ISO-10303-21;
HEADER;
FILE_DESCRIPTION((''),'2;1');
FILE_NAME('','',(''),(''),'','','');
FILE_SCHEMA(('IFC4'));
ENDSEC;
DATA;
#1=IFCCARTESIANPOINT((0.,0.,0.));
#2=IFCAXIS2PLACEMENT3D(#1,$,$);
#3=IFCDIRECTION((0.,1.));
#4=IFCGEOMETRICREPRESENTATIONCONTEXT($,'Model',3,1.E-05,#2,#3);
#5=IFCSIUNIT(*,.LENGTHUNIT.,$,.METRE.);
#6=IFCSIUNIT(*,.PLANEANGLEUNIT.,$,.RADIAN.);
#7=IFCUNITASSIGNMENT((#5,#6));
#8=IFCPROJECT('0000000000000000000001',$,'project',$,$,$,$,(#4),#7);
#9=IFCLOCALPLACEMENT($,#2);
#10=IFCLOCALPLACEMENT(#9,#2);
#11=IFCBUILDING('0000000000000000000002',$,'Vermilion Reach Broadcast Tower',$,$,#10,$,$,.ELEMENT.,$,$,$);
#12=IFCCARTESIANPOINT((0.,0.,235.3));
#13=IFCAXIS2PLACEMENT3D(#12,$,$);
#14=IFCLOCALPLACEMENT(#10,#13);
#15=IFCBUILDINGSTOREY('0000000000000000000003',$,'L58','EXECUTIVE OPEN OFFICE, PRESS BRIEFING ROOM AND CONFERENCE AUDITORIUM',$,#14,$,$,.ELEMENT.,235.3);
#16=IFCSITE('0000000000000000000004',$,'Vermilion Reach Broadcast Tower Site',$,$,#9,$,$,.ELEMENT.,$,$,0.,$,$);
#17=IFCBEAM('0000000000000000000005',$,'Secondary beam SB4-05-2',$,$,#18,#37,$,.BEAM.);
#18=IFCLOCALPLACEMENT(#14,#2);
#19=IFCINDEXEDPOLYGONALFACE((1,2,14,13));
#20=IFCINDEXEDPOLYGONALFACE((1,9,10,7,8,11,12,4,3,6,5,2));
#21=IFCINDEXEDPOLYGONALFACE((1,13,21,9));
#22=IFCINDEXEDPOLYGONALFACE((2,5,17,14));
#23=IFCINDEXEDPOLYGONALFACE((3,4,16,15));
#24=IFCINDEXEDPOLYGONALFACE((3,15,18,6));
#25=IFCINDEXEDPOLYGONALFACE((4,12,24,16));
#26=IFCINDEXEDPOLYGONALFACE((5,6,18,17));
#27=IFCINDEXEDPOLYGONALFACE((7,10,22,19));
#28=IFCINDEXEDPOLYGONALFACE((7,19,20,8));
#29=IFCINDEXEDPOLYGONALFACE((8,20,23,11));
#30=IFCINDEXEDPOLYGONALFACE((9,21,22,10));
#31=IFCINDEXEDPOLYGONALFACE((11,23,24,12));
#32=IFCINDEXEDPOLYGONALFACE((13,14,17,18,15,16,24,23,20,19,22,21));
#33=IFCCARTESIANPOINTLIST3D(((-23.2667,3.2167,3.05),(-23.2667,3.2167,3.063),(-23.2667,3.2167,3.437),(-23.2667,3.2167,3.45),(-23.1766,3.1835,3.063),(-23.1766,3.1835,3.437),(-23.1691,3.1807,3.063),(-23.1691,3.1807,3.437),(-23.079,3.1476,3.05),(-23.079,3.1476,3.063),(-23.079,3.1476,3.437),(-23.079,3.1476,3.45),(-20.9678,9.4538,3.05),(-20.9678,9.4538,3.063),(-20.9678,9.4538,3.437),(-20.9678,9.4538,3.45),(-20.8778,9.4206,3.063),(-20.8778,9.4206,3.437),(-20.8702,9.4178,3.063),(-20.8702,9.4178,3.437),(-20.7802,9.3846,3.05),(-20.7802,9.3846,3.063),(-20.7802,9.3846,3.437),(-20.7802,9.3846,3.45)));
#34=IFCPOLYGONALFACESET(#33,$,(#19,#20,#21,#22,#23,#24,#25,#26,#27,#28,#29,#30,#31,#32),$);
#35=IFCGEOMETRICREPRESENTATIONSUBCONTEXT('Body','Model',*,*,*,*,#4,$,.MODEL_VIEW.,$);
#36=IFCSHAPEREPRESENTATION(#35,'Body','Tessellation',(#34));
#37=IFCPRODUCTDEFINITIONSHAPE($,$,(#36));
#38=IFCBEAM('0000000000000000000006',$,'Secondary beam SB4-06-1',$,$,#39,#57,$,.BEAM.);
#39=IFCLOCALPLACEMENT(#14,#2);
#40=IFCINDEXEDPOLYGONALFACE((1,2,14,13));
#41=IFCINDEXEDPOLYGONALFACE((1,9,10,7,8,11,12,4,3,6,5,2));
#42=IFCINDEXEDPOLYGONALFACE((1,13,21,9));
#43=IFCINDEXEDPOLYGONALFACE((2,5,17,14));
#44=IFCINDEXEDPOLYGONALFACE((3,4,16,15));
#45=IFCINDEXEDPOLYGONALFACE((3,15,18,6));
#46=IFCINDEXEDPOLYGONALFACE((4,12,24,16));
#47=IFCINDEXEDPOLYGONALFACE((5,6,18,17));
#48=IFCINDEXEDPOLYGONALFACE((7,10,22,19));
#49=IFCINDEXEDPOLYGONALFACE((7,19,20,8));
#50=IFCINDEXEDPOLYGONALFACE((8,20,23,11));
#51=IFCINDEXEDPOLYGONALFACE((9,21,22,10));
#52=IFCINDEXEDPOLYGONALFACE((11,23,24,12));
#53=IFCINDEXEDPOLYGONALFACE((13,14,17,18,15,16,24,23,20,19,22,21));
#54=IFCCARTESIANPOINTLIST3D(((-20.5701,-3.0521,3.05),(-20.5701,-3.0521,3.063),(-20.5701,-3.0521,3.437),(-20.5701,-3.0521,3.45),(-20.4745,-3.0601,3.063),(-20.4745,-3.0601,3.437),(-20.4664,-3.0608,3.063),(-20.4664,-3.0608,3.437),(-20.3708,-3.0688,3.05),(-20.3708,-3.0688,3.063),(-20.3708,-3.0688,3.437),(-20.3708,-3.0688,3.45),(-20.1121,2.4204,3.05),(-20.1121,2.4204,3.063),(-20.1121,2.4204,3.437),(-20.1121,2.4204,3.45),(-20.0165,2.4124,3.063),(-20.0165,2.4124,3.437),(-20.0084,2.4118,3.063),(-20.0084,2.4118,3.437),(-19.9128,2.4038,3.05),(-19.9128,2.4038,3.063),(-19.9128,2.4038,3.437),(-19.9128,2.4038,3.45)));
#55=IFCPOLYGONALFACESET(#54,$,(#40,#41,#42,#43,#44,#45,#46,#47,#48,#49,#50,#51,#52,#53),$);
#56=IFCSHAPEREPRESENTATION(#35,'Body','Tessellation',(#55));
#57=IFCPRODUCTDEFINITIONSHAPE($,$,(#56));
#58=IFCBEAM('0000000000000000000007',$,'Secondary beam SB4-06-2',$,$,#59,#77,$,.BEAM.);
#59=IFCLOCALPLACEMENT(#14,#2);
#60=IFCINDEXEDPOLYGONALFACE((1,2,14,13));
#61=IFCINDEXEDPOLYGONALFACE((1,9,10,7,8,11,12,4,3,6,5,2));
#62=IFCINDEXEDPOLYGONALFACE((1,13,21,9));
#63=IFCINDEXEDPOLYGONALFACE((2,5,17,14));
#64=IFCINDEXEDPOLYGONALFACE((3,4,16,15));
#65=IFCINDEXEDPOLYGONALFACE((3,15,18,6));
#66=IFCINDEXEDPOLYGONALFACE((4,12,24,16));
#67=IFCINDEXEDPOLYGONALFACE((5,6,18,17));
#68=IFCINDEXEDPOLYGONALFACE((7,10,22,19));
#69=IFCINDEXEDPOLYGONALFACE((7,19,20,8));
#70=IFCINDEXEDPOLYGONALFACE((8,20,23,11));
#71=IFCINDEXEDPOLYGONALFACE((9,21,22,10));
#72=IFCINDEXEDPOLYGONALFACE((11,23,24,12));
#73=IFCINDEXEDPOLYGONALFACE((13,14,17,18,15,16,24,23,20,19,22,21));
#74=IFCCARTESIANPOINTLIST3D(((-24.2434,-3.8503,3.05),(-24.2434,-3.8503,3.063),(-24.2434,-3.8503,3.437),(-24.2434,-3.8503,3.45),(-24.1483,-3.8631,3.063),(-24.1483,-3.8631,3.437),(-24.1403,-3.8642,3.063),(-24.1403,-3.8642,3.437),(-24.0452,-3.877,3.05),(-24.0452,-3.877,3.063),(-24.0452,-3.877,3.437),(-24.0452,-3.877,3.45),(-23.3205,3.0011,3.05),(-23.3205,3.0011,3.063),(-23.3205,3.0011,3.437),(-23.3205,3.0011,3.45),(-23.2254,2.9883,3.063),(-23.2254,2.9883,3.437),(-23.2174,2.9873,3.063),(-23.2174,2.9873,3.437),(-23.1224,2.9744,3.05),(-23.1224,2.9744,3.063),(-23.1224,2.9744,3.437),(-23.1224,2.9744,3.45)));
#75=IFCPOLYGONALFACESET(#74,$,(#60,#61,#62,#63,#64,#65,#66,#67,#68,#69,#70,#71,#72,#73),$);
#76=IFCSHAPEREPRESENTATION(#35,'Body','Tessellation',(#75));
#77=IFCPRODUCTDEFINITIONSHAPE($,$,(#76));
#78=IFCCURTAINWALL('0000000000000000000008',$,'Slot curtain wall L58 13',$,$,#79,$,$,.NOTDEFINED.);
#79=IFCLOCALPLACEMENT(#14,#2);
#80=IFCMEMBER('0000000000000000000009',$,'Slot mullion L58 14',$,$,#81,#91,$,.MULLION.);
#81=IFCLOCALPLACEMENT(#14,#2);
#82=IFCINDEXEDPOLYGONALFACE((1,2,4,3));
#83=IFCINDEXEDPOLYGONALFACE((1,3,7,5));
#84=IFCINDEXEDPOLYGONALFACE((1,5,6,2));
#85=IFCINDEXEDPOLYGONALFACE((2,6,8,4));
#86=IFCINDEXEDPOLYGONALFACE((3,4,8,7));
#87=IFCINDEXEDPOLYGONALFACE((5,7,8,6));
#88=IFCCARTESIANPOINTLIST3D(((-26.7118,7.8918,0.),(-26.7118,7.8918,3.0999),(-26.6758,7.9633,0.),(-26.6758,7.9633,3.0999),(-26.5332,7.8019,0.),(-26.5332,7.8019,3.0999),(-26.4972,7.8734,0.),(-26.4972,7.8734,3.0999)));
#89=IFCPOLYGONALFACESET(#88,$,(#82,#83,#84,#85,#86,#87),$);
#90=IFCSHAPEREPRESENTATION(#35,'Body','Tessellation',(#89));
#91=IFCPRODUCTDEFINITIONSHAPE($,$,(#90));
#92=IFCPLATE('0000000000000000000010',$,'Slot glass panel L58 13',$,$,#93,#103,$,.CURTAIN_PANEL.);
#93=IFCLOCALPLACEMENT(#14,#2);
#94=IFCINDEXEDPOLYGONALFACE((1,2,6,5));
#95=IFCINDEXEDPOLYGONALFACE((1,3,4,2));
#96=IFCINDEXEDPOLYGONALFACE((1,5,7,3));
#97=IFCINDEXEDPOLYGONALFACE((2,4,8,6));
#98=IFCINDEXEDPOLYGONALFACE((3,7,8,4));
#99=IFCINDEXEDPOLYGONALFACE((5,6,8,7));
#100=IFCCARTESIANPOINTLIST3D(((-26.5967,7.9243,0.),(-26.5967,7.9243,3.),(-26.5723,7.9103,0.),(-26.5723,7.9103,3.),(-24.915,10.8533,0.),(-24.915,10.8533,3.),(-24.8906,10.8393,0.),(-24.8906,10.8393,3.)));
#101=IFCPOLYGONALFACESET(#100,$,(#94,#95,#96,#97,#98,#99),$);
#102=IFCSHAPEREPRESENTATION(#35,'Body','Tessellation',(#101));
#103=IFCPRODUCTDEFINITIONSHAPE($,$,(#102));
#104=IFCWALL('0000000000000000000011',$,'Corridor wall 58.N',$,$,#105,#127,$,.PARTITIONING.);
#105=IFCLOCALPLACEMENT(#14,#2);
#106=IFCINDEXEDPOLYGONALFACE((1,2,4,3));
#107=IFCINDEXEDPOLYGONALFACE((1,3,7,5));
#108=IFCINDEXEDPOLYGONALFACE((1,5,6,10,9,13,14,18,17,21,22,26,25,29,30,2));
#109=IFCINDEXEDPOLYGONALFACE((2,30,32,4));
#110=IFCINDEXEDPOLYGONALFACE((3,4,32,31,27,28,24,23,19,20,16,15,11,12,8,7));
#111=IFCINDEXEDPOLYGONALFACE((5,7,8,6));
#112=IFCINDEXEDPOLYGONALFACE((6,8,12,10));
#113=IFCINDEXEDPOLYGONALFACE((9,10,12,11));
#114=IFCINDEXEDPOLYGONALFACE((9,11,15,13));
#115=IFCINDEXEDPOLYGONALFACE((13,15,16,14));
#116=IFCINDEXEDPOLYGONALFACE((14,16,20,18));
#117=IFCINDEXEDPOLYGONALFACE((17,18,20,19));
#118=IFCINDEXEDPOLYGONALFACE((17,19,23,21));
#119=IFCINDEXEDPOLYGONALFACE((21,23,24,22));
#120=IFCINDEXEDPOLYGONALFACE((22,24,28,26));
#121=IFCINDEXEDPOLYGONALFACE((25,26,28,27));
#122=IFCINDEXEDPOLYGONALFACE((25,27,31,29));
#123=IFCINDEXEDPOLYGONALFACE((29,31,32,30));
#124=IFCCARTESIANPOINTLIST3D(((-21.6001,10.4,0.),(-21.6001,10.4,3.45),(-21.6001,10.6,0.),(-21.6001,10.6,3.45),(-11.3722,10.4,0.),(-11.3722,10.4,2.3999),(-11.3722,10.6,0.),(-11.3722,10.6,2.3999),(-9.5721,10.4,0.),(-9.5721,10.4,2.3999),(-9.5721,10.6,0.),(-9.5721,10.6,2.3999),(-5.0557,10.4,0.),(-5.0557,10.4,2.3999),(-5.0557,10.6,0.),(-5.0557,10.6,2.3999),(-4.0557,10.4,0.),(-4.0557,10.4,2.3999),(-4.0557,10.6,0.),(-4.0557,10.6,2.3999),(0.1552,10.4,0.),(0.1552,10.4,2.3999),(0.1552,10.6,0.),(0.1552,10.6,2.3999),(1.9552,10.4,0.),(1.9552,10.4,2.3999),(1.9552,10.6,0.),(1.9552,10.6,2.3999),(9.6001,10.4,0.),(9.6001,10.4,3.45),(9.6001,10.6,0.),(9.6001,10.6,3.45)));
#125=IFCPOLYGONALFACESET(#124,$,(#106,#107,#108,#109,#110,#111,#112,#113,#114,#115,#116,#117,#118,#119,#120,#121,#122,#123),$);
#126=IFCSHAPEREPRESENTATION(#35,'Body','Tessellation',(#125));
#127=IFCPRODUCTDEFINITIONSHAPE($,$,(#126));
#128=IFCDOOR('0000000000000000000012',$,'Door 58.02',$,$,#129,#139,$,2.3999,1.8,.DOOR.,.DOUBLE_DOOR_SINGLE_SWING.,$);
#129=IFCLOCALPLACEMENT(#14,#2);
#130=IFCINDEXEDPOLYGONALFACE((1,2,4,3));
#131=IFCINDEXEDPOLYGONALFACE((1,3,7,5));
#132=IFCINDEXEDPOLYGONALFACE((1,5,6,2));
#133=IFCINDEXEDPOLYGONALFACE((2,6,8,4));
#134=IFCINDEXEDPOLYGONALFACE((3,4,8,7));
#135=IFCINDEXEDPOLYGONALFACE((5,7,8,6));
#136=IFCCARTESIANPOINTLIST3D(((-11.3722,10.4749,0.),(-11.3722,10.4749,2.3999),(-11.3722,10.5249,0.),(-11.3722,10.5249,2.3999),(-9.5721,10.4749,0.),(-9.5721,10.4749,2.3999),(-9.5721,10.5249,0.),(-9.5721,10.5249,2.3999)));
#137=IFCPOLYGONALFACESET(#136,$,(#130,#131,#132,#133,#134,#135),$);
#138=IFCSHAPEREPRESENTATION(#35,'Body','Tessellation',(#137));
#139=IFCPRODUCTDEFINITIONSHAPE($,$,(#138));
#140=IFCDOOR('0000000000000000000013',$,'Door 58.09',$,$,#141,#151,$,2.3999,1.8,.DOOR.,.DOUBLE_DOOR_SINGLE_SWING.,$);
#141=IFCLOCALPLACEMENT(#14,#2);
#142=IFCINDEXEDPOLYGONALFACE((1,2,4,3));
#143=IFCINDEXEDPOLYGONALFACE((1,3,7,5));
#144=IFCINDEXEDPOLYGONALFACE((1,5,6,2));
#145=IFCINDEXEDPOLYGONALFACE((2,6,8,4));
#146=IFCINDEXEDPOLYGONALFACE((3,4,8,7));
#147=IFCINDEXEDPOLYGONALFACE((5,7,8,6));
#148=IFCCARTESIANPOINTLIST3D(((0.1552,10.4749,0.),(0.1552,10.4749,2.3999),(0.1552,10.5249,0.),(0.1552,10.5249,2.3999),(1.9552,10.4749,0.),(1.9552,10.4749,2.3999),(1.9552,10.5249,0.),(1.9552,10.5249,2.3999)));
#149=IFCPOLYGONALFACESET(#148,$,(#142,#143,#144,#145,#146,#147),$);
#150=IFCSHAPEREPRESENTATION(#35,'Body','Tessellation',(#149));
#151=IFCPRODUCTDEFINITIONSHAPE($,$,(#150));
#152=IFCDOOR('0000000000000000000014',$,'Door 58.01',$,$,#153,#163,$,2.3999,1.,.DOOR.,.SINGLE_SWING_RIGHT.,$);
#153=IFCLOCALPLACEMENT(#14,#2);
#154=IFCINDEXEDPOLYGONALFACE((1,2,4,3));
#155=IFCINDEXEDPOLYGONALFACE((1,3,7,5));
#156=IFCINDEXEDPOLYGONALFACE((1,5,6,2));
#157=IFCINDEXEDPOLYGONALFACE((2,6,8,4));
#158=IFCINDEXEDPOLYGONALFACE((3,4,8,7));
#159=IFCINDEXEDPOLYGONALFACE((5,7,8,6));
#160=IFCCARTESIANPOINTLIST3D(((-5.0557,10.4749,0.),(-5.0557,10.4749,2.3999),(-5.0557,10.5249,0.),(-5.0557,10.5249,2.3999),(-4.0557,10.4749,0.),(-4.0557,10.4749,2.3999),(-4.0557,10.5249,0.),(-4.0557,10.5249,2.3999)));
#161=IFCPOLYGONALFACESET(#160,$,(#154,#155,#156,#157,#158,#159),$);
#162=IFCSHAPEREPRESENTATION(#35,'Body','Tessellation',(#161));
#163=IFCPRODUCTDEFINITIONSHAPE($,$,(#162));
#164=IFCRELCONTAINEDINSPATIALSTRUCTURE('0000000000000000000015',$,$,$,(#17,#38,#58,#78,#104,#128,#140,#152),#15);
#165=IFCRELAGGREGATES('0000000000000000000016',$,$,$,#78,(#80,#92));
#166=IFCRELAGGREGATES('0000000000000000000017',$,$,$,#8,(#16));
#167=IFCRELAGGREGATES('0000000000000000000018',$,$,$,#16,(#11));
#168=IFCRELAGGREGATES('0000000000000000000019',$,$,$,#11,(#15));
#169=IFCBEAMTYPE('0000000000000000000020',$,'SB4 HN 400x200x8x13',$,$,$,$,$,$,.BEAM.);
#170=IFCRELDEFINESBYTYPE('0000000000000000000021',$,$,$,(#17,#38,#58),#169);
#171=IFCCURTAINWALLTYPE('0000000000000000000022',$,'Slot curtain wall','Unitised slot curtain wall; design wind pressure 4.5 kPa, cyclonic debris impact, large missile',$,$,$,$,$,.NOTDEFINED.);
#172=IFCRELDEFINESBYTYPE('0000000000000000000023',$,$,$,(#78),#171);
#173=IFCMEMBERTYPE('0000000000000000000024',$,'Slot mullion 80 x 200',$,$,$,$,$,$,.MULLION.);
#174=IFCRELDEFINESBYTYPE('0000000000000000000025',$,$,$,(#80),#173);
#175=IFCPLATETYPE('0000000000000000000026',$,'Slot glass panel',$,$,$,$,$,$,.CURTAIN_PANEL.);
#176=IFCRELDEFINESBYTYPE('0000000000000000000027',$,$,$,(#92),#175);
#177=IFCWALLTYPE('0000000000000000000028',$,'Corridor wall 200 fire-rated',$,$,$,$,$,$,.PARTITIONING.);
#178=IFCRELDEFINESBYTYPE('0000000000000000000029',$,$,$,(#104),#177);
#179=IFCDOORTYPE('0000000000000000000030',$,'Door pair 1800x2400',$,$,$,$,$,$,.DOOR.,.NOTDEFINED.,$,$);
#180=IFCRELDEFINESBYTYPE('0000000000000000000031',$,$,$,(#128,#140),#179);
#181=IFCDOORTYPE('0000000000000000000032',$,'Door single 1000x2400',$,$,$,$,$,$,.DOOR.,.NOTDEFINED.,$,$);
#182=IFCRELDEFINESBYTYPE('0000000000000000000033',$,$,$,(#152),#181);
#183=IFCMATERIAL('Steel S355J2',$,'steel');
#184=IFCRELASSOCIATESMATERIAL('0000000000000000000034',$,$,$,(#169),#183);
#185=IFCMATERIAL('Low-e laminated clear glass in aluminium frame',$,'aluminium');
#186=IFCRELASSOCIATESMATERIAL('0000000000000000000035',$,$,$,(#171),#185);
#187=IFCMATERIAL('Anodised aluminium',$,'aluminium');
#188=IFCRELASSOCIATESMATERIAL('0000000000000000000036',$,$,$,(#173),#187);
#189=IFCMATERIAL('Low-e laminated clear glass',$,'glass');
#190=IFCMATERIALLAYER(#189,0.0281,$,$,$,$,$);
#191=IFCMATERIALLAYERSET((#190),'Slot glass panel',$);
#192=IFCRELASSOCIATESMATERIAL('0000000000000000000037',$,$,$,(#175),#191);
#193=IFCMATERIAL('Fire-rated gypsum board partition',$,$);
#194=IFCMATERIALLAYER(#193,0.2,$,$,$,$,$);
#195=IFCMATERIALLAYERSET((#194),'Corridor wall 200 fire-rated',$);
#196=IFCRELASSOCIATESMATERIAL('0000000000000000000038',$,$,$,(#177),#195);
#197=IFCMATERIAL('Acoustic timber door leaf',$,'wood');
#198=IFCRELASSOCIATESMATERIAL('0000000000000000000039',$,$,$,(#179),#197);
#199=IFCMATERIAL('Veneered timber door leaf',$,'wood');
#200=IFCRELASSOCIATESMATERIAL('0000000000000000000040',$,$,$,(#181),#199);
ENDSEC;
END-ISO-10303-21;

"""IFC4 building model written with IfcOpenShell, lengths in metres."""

from ifc_helpers import new_model, si_unit, direction, frame, frame_2d, origin, origin_2d, place, context, subcontext, project, spatial, rectangle, i_section, extrude, material, layer, layer_set, material_profile, profile_set, type_object, element, fill, aggregate, save


model = new_model("IFC4")

# Units and contexts
model_context = context("Model", 3, precision=1e-05, world=origin(), true_north=direction((0.0, 1.0)))
body_context = subcontext(model_context, "Body", "Model", "MODEL_VIEW")
ifc_project = project(units=[si_unit("LENGTHUNIT", "METRE"), si_unit("PLANEANGLEUNIT", "RADIAN")], contexts=[model_context])

# Site, building, storey
site_placement = place(None, origin())
site = spatial("IfcSite", under=ifc_project, at=site_placement, Name="Vermilion Reach Broadcast Tower Site", CompositionType="ELEMENT", RefElevation=0.0)
building_placement = place(site_placement, origin())
building = spatial("IfcBuilding", under=site, at=building_placement, Name="Vermilion Reach Broadcast Tower", CompositionType="ELEMENT")
storey_placement = place(building_placement, frame((0.0, 0.0, 235.3)))
storey = spatial("IfcBuildingStorey", under=building, at=storey_placement, Name="L58", Description="EXECUTIVE OPEN OFFICE, PRESS BRIEFING ROOM AND CONFERENCE AUDITORIUM", CompositionType="ELEMENT", Elevation=235.3)

# Beams
ifc_material_1 = material(Name="Steel S355J2", Category="steel")
ifc_material_profile_1 = material_profile(ifc_material_1, i_section(OverallWidth=0.2, OverallDepth=0.3999, WebThickness=0.0081, FlangeThickness=0.0129, at=origin_2d()), Name="S355J2 HN 400x200x8x13")
ifc_profile_set_1 = profile_set([ifc_material_profile_1], Name="Steel S355J2")
beam_type_1 = type_object("IfcBeamType", Name="SB4 HN 400x200x8x13", PredefinedType="BEAM", material=ifc_profile_set_1)
beam_1_placement = place(storey_placement, frame((-20.874, 9.4192, 3.25), z_axis=(-0.345833, -0.938296, 0.0), x_axis=(0.938296, -0.345833, 0.0)))
element("IfcBeam", 1, at=beam_1_placement, inside=storey, type_object=beam_type_1, Name="Secondary beam SB4-05-2", PredefinedType="BEAM", context=body_context, shape_type="SweptSolid", body=[
    extrude(i_section(OverallWidth=0.2, OverallDepth=0.3999, WebThickness=0.0081, FlangeThickness=0.0129, at=origin_2d()), origin(), (0.0, 0.0, 1.0), 6.6472),
])
beam_2_placement = place(storey_placement, frame((-20.0125, 2.4121, 3.25), z_axis=(-0.083399, -0.996516, 0.0), x_axis=(0.996516, -0.083399, 0.0)))
element("IfcBeam", 2, at=beam_2_placement, inside=storey, type_object=beam_type_1, Name="Secondary beam SB4-06-1", PredefinedType="BEAM", context=body_context, shape_type="SweptSolid", body=[
    extrude(i_section(OverallWidth=0.2, OverallDepth=0.3999, WebThickness=0.0081, FlangeThickness=0.0129, at=origin_2d()), origin(), (0.0, 0.0, 1.0), 5.4917),
])
beam_3_placement = place(storey_placement, frame((-23.2214, 2.9878, 3.25), z_axis=(-0.133487, -0.991051, 0.0), x_axis=(0.991051, -0.133487, 0.0)))
element("IfcBeam", 3, at=beam_3_placement, inside=storey, type_object=beam_type_1, Name="Secondary beam SB4-06-2", PredefinedType="BEAM", context=body_context, shape_type="SweptSolid", body=[
    extrude(i_section(OverallWidth=0.2, OverallDepth=0.3999, WebThickness=0.0081, FlangeThickness=0.0129, at=origin_2d()), origin(), (0.0, 0.0, 1.0), 6.9133),
])

# Curtain wall, member, plate
ifc_material_2 = material(Name="Low-e laminated clear glass in aluminium frame", Category="aluminium")
curtain_wall_type = type_object("IfcCurtainWallType", Name="Slot curtain wall", Description="Unitised slot curtain wall; design wind pressure 4.5 kPa, cyclonic debris impact, large missile", PredefinedType="NOTDEFINED", material=ifc_material_2)
curtain_wall_placement = place(storey_placement, origin())
curtain_wall = element("IfcCurtainWall", 4, at=curtain_wall_placement, inside=storey, type_object=curtain_wall_type, Name="Slot curtain wall L58 13", PredefinedType="NOTDEFINED")
ifc_material_3 = material(Name="Anodised aluminium", Category="aluminium")
ifc_material_profile_2 = material_profile(ifc_material_3, rectangle(XDim=0.2, YDim=0.0801, at=origin_2d()), Name="Slot mullion 80 x 200")
ifc_profile_set_2 = profile_set([ifc_material_profile_2], Name="Anodised aluminium")
member_type = type_object("IfcMemberType", Name="Slot mullion 80 x 200", PredefinedType="MULLION", material=ifc_profile_set_2)
member_placement = place(storey_placement, frame((-26.6045, 7.8826, 0.0), z_axis=(0.0, 0.0, 1.0), x_axis=(0.893222, -0.449615, 0.0)))
member = element("IfcMember", 5, at=member_placement, type_object=member_type, Name="Slot mullion L58 14", PredefinedType="MULLION", context=body_context, shape_type="SweptSolid", body=[
    extrude(rectangle(XDim=0.2, YDim=0.0801, at=origin_2d()), origin(), (0.0, 0.0, 1.0), 3.0999),
])
ifc_material_4 = material(Name="Low-e laminated clear glass", Category="glass")
ifc_layer_1 = layer(ifc_material_4, 0.0281)
ifc_layer_set_1 = layer_set([ifc_layer_1], Name="Slot glass panel")
plate_type = type_object("IfcPlateType", Name="Slot glass panel", PredefinedType="CURTAIN_PANEL", material=ifc_layer_set_1)
plate_placement = place(storey_placement, frame((-25.7437, 9.3818, 0.0), z_axis=(0.0, 0.0, 1.0), x_axis=(-0.49792, -0.867223, 0.0)))
plate = element("IfcPlate", 6, at=plate_placement, type_object=plate_type, Name="Slot glass panel L58 13", PredefinedType="CURTAIN_PANEL", context=body_context, shape_type="SweptSolid", body=[
    extrude(rectangle(XDim=3.3774, YDim=0.0281, at=origin_2d()), origin(), (0.0, 0.0, 1.0), 3.0),
])
aggregate(curtain_wall, [member, plate])

# Wall, openings, doors
ifc_material_5 = material(Name="Fire-rated gypsum board partition")
ifc_layer_2 = layer(ifc_material_5, 0.2)
ifc_layer_set_2 = layer_set([ifc_layer_2], Name="Corridor wall 200 fire-rated")
wall_type_1 = type_object("IfcWallType", Name="Corridor wall 200 fire-rated", PredefinedType="PARTITIONING", material=ifc_layer_set_2)
wall_1_placement = place(storey_placement, frame((-21.6001, 10.5, 0.0), z_axis=(0.0, 0.0, 1.0), x_axis=(1.0, 0.0, 0.0)))
wall_1 = element("IfcWall", 7, at=wall_1_placement, inside=storey, type_object=wall_type_1, Name="Corridor wall 58.N", PredefinedType="PARTITIONING", context=body_context, shape_type="SweptSolid", body=[
    extrude(rectangle(XDim=31.2002, YDim=0.2, at=frame_2d((15.6001, 0.0))), origin(), (0.0, 0.0, 1.0), 3.45),
])
opening_1_placement = place(wall_1_placement, frame((16.5444, 0.0, 0.0)))
opening_1 = element("IfcOpeningElement", 8, at=opening_1_placement, cuts=wall_1, PredefinedType="OPENING", context=body_context, shape_type="SweptSolid", body=[
    extrude(rectangle(XDim=1.0, YDim=2.3999, at=frame_2d((0.5, 1.2))), frame((0.0, 0.1099, 0.0), z_axis=(0.0, -1.0, 0.0), x_axis=(1.0, 0.0, 0.0)), (0.0, 0.0, 1.0), 0.22),
])
opening_2_placement = place(wall_1_placement, frame((10.228, 0.0, 0.0)))
opening_2 = element("IfcOpeningElement", 9, at=opening_2_placement, cuts=wall_1, PredefinedType="OPENING", context=body_context, shape_type="SweptSolid", body=[
    extrude(rectangle(XDim=1.8, YDim=2.3999, at=frame_2d((0.8999, 1.2))), frame((0.0, 0.1099, 0.0), z_axis=(0.0, -1.0, 0.0), x_axis=(1.0, 0.0, 0.0)), (0.0, 0.0, 1.0), 0.22),
])
opening_3_placement = place(wall_1_placement, frame((21.7554, 0.0, 0.0)))
opening_3 = element("IfcOpeningElement", 10, at=opening_3_placement, cuts=wall_1, PredefinedType="OPENING", context=body_context, shape_type="SweptSolid", body=[
    extrude(rectangle(XDim=1.8, YDim=2.3999, at=frame_2d((0.8999, 1.2))), frame((0.0, 0.1099, 0.0), z_axis=(0.0, -1.0, 0.0), x_axis=(1.0, 0.0, 0.0)), (0.0, 0.0, 1.0), 0.22),
])
ifc_material_6 = material(Name="Acoustic timber door leaf", Category="wood")
door_type_1 = type_object("IfcDoorType", Name="Door pair 1800x2400", OperationType="NOTDEFINED", PredefinedType="DOOR", material=ifc_material_6)
door_1_placement = place(opening_2_placement, origin())
door_1 = element("IfcDoor", 11, at=door_1_placement, inside=storey, type_object=door_type_1, Name="Door 58.02", OperationType="DOUBLE_DOOR_SINGLE_SWING", OverallHeight=2.3999, OverallWidth=1.8, PredefinedType="DOOR", context=body_context, shape_type="SweptSolid", body=[
    extrude(rectangle(XDim=1.8, YDim=2.3999, at=frame_2d((0.8999, 1.2))), frame((0.0, 0.0249, 0.0), z_axis=(0.0, -1.0, 0.0), x_axis=(1.0, 0.0, 0.0)), (0.0, 0.0, 1.0), 0.05),
])
fill(opening_2, door_1)
door_2_placement = place(opening_3_placement, origin())
door_2 = element("IfcDoor", 12, at=door_2_placement, inside=storey, type_object=door_type_1, Name="Door 58.09", OperationType="DOUBLE_DOOR_SINGLE_SWING", OverallHeight=2.3999, OverallWidth=1.8, PredefinedType="DOOR", context=body_context, shape_type="SweptSolid", body=[
    extrude(rectangle(XDim=1.8, YDim=2.3999, at=frame_2d((0.8999, 1.2))), frame((0.0, 0.0249, 0.0), z_axis=(0.0, -1.0, 0.0), x_axis=(1.0, 0.0, 0.0)), (0.0, 0.0, 1.0), 0.05),
])
fill(opening_3, door_2)
ifc_material_7 = material(Name="Veneered timber door leaf", Category="wood")
door_type_2 = type_object("IfcDoorType", Name="Door single 1000x2400", OperationType="NOTDEFINED", PredefinedType="DOOR", material=ifc_material_7)
door_3_placement = place(opening_1_placement, origin())
door_3 = element("IfcDoor", 13, at=door_3_placement, inside=storey, type_object=door_type_2, Name="Door 58.01", OperationType="SINGLE_SWING_RIGHT", OverallHeight=2.3999, OverallWidth=1.0, PredefinedType="DOOR", context=body_context, shape_type="SweptSolid", body=[
    extrude(rectangle(XDim=1.0, YDim=2.3999, at=frame_2d((0.5, 1.2))), frame((0.0, 0.0249, 0.0), z_axis=(0.0, -1.0, 0.0), x_axis=(1.0, 0.0, 0.0)), (0.0, 0.0, 1.0), 0.05),
])
fill(opening_1, door_3)

save(model, "model.ifc")
